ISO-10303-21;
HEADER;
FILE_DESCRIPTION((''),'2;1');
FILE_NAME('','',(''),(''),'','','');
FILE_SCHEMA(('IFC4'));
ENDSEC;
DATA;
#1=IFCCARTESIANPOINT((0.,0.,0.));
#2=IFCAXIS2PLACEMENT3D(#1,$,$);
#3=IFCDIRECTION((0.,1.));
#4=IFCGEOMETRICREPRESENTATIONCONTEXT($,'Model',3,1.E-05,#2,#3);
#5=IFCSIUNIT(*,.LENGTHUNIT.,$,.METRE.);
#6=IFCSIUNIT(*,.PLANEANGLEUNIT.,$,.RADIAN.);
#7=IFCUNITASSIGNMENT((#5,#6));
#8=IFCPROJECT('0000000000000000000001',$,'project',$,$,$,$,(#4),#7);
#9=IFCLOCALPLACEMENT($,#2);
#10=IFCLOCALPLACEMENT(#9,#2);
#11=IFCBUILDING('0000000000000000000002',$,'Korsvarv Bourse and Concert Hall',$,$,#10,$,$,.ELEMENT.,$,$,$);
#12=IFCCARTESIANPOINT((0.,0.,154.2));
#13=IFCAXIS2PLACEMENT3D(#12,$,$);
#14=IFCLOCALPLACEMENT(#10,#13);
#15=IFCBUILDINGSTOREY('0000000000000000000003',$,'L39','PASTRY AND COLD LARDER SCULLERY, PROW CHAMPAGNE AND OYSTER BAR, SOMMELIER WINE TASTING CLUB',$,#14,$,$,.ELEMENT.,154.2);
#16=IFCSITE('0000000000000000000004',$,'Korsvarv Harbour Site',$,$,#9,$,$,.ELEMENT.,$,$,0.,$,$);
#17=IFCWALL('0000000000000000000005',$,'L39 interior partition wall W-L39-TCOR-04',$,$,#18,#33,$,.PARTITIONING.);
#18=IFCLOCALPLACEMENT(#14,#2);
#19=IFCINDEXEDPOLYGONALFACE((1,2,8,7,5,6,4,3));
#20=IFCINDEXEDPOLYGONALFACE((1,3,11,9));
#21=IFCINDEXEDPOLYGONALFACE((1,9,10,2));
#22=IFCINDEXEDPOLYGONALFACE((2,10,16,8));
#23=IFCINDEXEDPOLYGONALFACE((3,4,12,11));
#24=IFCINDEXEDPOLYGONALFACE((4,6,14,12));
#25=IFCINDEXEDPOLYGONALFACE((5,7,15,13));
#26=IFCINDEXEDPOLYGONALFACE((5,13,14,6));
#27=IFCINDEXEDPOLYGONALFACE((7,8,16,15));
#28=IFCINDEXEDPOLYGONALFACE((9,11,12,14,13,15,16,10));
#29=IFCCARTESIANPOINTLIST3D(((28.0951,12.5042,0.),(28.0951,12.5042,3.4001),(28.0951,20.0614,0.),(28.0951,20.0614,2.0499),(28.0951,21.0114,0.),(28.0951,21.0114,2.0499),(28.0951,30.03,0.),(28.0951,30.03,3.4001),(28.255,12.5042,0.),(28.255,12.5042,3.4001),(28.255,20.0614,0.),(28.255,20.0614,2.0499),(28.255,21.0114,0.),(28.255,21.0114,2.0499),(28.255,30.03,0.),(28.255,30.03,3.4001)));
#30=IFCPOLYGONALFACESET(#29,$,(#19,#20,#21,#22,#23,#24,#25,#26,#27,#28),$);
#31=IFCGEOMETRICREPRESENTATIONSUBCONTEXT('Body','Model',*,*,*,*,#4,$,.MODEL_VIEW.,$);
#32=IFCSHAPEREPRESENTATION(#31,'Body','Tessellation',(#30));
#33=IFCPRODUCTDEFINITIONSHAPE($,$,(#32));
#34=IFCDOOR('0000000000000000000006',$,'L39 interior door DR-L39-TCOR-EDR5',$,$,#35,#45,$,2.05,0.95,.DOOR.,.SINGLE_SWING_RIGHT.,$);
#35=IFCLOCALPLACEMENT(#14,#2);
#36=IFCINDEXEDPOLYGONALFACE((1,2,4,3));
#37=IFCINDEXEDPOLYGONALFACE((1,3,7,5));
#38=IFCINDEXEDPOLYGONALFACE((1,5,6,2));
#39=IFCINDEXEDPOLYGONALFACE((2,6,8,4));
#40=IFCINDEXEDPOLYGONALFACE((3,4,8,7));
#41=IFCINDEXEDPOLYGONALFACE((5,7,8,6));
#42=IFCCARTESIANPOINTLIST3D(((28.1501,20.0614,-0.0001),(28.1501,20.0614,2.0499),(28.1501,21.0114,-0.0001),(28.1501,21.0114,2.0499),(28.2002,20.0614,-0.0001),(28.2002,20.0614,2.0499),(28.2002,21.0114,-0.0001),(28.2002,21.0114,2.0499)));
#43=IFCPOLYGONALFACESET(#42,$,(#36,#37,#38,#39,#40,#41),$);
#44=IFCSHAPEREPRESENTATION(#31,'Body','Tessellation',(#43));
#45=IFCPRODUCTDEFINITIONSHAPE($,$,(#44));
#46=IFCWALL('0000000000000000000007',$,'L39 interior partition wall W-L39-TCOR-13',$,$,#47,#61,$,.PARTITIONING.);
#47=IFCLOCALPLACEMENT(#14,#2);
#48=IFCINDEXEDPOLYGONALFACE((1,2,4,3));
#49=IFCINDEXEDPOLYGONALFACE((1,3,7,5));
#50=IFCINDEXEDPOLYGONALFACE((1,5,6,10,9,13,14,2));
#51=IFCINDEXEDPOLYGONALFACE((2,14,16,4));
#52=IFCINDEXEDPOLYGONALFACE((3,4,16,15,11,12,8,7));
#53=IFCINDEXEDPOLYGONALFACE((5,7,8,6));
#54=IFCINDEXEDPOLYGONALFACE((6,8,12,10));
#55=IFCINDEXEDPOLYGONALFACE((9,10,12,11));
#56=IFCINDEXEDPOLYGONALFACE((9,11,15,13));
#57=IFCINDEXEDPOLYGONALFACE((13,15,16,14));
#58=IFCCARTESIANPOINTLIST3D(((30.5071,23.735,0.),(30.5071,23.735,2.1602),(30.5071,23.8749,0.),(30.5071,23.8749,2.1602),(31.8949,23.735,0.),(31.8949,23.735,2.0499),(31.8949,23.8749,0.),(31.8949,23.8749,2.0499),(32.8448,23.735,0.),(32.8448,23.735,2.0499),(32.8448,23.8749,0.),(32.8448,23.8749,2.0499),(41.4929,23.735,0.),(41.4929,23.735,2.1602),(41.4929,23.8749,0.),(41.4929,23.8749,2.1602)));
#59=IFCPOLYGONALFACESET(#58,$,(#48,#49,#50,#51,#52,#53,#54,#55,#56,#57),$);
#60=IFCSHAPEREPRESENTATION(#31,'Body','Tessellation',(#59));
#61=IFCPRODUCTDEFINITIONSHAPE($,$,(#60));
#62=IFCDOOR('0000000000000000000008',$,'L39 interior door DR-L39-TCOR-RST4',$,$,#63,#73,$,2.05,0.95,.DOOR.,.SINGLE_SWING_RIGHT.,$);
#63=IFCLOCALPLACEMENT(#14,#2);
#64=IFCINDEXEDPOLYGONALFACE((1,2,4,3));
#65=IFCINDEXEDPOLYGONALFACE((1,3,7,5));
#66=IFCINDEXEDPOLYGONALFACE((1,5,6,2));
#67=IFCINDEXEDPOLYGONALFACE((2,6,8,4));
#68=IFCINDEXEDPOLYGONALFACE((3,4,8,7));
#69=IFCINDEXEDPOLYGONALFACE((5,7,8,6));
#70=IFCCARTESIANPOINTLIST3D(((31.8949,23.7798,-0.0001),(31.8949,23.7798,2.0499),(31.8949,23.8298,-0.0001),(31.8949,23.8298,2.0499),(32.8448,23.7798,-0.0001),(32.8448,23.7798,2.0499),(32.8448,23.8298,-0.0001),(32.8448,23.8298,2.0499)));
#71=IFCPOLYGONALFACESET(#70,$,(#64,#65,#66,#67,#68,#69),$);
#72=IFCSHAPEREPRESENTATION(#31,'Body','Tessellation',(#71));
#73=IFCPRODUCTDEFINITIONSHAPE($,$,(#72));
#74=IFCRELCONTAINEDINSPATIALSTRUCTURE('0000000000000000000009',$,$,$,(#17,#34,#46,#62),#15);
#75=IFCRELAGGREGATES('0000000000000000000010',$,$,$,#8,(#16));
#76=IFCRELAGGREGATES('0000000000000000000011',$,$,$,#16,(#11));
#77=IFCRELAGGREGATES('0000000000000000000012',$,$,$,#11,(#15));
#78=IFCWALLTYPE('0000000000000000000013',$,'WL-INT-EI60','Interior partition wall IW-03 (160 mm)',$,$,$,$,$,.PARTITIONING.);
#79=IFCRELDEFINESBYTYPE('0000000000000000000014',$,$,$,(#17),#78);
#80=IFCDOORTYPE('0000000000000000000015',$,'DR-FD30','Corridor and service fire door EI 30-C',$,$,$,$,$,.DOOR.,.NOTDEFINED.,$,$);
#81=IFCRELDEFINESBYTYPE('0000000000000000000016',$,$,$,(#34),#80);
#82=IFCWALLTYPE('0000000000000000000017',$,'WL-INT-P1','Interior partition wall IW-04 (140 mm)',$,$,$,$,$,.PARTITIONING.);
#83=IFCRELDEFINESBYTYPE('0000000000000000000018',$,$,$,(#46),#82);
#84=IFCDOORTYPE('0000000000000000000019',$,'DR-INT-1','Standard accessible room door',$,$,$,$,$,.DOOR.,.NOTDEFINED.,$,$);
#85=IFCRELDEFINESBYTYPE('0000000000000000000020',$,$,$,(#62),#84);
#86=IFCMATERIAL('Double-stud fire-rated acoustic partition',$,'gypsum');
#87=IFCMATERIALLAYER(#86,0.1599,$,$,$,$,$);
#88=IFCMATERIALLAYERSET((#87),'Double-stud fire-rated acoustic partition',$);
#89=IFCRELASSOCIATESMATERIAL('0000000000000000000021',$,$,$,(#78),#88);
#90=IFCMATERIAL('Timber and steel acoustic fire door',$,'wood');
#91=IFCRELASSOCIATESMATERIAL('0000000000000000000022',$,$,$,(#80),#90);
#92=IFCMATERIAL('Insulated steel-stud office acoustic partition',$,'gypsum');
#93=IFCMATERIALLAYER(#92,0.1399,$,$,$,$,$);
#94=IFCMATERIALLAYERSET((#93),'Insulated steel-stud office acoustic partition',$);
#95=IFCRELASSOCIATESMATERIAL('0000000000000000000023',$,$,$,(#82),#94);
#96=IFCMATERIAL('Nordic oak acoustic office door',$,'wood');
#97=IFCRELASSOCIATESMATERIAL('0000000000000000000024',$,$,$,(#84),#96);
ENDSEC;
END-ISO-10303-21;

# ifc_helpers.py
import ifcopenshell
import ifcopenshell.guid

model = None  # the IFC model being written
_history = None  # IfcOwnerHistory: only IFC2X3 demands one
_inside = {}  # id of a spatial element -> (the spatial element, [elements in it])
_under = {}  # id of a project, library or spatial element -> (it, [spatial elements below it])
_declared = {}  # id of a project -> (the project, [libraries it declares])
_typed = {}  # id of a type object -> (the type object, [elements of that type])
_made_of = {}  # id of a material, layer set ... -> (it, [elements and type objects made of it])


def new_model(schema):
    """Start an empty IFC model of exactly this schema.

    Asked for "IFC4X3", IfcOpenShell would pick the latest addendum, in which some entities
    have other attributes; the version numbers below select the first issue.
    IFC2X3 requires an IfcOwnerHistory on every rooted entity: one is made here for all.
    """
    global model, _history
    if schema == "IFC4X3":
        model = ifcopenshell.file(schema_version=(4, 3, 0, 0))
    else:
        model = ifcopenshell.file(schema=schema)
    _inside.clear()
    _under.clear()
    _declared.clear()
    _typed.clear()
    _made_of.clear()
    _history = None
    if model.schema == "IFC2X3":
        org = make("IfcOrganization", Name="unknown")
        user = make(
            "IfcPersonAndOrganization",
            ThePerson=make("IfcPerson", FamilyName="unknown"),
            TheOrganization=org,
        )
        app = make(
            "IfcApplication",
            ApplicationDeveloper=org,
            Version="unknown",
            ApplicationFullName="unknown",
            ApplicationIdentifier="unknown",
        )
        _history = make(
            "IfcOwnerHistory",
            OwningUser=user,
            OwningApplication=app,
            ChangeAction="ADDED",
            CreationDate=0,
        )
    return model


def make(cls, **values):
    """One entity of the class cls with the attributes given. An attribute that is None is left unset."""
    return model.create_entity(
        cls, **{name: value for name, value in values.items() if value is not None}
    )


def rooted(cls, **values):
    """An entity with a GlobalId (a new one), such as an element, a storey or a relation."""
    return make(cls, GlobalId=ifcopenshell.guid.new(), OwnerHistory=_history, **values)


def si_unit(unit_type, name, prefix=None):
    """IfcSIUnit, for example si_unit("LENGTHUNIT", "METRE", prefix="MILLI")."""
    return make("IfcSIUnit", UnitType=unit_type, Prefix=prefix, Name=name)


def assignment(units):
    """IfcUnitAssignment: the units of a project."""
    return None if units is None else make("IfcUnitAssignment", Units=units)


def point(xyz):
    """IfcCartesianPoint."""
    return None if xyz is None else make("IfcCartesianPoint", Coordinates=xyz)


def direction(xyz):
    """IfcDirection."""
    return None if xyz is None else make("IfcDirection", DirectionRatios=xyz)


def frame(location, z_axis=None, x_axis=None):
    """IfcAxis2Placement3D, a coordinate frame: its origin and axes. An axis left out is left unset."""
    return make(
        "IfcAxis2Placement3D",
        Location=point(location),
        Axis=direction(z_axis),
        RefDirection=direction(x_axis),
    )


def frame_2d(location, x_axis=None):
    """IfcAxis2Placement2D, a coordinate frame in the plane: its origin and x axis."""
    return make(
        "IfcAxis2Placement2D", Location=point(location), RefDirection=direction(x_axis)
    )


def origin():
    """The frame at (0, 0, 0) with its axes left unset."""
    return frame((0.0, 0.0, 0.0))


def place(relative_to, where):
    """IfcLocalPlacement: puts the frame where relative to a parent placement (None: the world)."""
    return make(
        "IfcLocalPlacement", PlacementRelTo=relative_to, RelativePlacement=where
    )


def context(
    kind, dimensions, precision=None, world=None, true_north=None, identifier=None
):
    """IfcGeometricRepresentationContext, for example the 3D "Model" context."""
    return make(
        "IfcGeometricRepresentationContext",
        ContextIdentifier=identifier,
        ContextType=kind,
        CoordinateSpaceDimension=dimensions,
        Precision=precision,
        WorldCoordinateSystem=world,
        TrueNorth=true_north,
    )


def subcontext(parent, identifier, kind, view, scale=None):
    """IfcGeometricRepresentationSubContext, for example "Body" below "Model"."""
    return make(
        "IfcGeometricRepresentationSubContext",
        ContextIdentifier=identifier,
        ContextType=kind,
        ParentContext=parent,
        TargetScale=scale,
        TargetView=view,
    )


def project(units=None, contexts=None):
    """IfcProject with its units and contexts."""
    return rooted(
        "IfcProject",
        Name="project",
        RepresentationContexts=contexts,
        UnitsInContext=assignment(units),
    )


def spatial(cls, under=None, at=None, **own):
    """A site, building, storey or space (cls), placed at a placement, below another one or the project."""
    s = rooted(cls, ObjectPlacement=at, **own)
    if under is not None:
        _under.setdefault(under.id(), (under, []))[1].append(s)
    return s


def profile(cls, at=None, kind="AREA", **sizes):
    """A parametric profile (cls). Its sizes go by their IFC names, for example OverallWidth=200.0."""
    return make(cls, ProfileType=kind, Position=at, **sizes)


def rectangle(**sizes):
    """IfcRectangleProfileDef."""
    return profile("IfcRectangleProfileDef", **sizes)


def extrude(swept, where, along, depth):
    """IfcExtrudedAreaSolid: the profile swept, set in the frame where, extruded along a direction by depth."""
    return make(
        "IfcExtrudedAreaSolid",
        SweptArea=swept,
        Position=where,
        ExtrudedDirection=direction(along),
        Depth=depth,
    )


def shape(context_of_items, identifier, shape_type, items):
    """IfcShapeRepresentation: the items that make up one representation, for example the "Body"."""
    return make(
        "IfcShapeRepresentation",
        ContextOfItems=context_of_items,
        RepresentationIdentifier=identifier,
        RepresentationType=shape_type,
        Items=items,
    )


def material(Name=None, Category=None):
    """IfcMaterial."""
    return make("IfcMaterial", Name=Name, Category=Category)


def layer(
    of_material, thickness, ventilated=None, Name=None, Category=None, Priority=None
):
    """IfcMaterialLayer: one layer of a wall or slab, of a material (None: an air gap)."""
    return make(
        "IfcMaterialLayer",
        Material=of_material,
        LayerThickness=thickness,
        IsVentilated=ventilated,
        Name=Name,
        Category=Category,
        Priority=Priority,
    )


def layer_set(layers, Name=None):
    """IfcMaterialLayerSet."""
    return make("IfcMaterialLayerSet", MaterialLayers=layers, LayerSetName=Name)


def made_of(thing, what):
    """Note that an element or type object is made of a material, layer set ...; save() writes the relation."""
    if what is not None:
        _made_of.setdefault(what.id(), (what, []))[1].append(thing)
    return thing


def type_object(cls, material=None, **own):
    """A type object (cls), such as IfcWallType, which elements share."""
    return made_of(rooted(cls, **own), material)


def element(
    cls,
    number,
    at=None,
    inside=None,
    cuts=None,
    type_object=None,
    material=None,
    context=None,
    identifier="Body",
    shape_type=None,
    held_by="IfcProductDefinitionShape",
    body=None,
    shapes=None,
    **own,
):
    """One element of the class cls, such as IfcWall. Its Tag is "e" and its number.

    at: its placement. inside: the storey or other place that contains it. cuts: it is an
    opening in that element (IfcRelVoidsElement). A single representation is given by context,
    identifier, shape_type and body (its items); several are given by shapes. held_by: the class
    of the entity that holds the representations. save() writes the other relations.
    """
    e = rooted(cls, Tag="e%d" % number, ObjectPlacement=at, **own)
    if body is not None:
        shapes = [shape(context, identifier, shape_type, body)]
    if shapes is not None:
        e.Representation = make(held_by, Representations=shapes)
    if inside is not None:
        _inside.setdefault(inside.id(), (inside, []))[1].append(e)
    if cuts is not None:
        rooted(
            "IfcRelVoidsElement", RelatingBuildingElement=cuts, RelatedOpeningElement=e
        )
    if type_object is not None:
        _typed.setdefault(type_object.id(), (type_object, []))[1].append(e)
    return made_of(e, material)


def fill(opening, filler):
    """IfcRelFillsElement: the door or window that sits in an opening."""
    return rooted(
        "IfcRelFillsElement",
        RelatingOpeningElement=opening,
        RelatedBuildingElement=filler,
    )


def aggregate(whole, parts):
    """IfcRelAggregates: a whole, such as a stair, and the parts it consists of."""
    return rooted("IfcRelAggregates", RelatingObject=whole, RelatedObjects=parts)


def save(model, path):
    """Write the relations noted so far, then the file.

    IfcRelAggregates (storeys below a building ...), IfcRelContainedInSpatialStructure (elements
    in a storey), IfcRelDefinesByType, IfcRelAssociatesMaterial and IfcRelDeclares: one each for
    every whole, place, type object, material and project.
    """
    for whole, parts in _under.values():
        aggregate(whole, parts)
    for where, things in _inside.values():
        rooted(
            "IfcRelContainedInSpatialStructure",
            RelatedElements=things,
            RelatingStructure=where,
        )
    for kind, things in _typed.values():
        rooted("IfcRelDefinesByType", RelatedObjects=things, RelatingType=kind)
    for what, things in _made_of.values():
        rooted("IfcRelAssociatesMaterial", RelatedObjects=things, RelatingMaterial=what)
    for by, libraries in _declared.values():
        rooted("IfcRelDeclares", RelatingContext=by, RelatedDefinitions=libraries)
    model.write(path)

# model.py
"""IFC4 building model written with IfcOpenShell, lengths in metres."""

from ifc_helpers import new_model, si_unit, direction, frame, frame_2d, origin, place, context, subcontext, project, spatial, rectangle, extrude, material, layer, layer_set, type_object, element, fill, save


model = new_model("IFC4")

# Units and contexts
model_context = context("Model", 3, precision=1e-05, world=origin(), true_north=direction((0.0, 1.0)))
body_context = subcontext(model_context, "Body", "Model", "MODEL_VIEW")
ifc_project = project(units=[si_unit("LENGTHUNIT", "METRE"), si_unit("PLANEANGLEUNIT", "RADIAN")], contexts=[model_context])

# Site, building, storey
site_placement = place(None, origin())
site = spatial("IfcSite", under=ifc_project, at=site_placement, Name="Korsvarv Harbour Site", CompositionType="ELEMENT", RefElevation=0.0)
building_placement = place(site_placement, origin())
building = spatial("IfcBuilding", under=site, at=building_placement, Name="Korsvarv Bourse and Concert Hall", CompositionType="ELEMENT")
storey_placement = place(building_placement, frame((0.0, 0.0, 154.2)))
storey = spatial("IfcBuildingStorey", under=building, at=storey_placement, Name="L39", Description="PASTRY AND COLD LARDER SCULLERY, PROW CHAMPAGNE AND OYSTER BAR, SOMMELIER WINE TASTING CLUB", CompositionType="ELEMENT", Elevation=154.2)

# Walls, openings, doors
ifc_material_1 = material(Name="Double-stud fire-rated acoustic partition", Category="gypsum")
ifc_layer_1 = layer(ifc_material_1, 0.1599)
ifc_layer_set_1 = layer_set([ifc_layer_1], Name="Double-stud fire-rated acoustic partition")
wall_type_1 = type_object("IfcWallType", Name="WL-INT-EI60", Description="Interior partition wall IW-03 (160 mm)", PredefinedType="PARTITIONING", material=ifc_layer_set_1)
ifc_material_2 = material(Name="Timber and steel acoustic fire door", Category="wood")
door_type_1 = type_object("IfcDoorType", Name="DR-FD30", Description="Corridor and service fire door EI 30-C", OperationType="NOTDEFINED", PredefinedType="DOOR", material=ifc_material_2)
wall_1_placement = place(storey_placement, frame((28.175, 12.5042, 0.0), z_axis=(0.0, 0.0, 1.0), x_axis=(0.0, 1.0, 0.0)))
wall_1 = element("IfcWall", 1, at=wall_1_placement, inside=storey, type_object=wall_type_1, Name="L39 interior partition wall W-L39-TCOR-04", PredefinedType="PARTITIONING", context=body_context, shape_type="SweptSolid", body=[
    extrude(rectangle(XDim=17.5259, YDim=0.1599, at=frame_2d((8.7629, 0.0))), origin(), (0.0, 0.0, 1.0), 3.4001),
])
opening_1_placement = place(wall_1_placement, frame((7.5571, 0.0, 0.0)))
opening_1 = element("IfcOpeningElement", 2, at=opening_1_placement, cuts=wall_1, PredefinedType="OPENING", context=body_context, shape_type="SweptSolid", body=[
    extrude(rectangle(XDim=0.95, YDim=2.05, at=frame_2d((0.4751, 1.0249))), frame((0.0, 0.0898, 0.0), z_axis=(0.0, -1.0, 0.0), x_axis=(1.0, 0.0, 0.0)), (0.0, 0.0, 1.0), 0.1799),
])
door_1_placement = place(opening_1_placement, origin())
door_1 = element("IfcDoor", 3, at=door_1_placement, inside=storey, type_object=door_type_1, Name="L39 interior door DR-L39-TCOR-EDR5", OperationType="SINGLE_SWING_RIGHT", OverallHeight=2.05, OverallWidth=0.95, PredefinedType="DOOR", context=body_context, shape_type="SweptSolid", body=[
    extrude(rectangle(XDim=0.95, YDim=2.05, at=frame_2d((0.4751, 1.0249))), frame((0.0, 0.0249, 0.0), z_axis=(0.0, -1.0, 0.0), x_axis=(1.0, 0.0, 0.0)), (0.0, 0.0, 1.0), 0.05),
])
fill(opening_1, door_1)
ifc_material_3 = material(Name="Insulated steel-stud office acoustic partition", Category="gypsum")
ifc_layer_2 = layer(ifc_material_3, 0.1399)
ifc_layer_set_2 = layer_set([ifc_layer_2], Name="Insulated steel-stud office acoustic partition")
wall_type_2 = type_object("IfcWallType", Name="WL-INT-P1", Description="Interior partition wall IW-04 (140 mm)", PredefinedType="PARTITIONING", material=ifc_layer_set_2)
wall_2_placement = place(storey_placement, frame((30.5071, 23.8049, 0.0), z_axis=(0.0, 0.0, 1.0), x_axis=(1.0, 0.0, 0.0)))
wall_2 = element("IfcWall", 4, at=wall_2_placement, inside=storey, type_object=wall_type_2, Name="L39 interior partition wall W-L39-TCOR-13", PredefinedType="PARTITIONING", context=body_context, shape_type="SweptSolid", body=[
    extrude(rectangle(XDim=10.9858, YDim=0.1399, at=frame_2d((5.4929, 0.0))), origin(), (0.0, 0.0, 1.0), 2.1602),
])
opening_2_placement = place(wall_2_placement, frame((1.3877, 0.0, 0.0)))
opening_2 = element("IfcOpeningElement", 5, at=opening_2_placement, cuts=wall_2, PredefinedType="OPENING", context=body_context, shape_type="SweptSolid", body=[
    extrude(rectangle(XDim=0.95, YDim=2.05, at=frame_2d((0.4751, 1.0249))), frame((0.0, 0.0801, 0.0), z_axis=(0.0, -1.0, 0.0), x_axis=(1.0, 0.0, 0.0)), (0.0, 0.0, 1.0), 0.1599),
])
ifc_material_4 = material(Name="Nordic oak acoustic office door", Category="wood")
door_type_2 = type_object("IfcDoorType", Name="DR-INT-1", Description="Standard accessible room door", OperationType="NOTDEFINED", PredefinedType="DOOR", material=ifc_material_4)
door_2_placement = place(opening_2_placement, origin())
door_2 = element("IfcDoor", 6, at=door_2_placement, inside=storey, type_object=door_type_2, Name="L39 interior door DR-L39-TCOR-RST4", OperationType="SINGLE_SWING_RIGHT", OverallHeight=2.05, OverallWidth=0.95, PredefinedType="DOOR", context=body_context, shape_type="SweptSolid", body=[
    extrude(rectangle(XDim=0.95, YDim=2.05, at=frame_2d((0.4751, 1.0249))), frame((0.0, 0.0249, 0.0), z_axis=(0.0, -1.0, 0.0), x_axis=(1.0, 0.0, 0.0)), (0.0, 0.0, 1.0), 0.05),
])
fill(opening_2, door_2)

save(model, "model.ifc")
